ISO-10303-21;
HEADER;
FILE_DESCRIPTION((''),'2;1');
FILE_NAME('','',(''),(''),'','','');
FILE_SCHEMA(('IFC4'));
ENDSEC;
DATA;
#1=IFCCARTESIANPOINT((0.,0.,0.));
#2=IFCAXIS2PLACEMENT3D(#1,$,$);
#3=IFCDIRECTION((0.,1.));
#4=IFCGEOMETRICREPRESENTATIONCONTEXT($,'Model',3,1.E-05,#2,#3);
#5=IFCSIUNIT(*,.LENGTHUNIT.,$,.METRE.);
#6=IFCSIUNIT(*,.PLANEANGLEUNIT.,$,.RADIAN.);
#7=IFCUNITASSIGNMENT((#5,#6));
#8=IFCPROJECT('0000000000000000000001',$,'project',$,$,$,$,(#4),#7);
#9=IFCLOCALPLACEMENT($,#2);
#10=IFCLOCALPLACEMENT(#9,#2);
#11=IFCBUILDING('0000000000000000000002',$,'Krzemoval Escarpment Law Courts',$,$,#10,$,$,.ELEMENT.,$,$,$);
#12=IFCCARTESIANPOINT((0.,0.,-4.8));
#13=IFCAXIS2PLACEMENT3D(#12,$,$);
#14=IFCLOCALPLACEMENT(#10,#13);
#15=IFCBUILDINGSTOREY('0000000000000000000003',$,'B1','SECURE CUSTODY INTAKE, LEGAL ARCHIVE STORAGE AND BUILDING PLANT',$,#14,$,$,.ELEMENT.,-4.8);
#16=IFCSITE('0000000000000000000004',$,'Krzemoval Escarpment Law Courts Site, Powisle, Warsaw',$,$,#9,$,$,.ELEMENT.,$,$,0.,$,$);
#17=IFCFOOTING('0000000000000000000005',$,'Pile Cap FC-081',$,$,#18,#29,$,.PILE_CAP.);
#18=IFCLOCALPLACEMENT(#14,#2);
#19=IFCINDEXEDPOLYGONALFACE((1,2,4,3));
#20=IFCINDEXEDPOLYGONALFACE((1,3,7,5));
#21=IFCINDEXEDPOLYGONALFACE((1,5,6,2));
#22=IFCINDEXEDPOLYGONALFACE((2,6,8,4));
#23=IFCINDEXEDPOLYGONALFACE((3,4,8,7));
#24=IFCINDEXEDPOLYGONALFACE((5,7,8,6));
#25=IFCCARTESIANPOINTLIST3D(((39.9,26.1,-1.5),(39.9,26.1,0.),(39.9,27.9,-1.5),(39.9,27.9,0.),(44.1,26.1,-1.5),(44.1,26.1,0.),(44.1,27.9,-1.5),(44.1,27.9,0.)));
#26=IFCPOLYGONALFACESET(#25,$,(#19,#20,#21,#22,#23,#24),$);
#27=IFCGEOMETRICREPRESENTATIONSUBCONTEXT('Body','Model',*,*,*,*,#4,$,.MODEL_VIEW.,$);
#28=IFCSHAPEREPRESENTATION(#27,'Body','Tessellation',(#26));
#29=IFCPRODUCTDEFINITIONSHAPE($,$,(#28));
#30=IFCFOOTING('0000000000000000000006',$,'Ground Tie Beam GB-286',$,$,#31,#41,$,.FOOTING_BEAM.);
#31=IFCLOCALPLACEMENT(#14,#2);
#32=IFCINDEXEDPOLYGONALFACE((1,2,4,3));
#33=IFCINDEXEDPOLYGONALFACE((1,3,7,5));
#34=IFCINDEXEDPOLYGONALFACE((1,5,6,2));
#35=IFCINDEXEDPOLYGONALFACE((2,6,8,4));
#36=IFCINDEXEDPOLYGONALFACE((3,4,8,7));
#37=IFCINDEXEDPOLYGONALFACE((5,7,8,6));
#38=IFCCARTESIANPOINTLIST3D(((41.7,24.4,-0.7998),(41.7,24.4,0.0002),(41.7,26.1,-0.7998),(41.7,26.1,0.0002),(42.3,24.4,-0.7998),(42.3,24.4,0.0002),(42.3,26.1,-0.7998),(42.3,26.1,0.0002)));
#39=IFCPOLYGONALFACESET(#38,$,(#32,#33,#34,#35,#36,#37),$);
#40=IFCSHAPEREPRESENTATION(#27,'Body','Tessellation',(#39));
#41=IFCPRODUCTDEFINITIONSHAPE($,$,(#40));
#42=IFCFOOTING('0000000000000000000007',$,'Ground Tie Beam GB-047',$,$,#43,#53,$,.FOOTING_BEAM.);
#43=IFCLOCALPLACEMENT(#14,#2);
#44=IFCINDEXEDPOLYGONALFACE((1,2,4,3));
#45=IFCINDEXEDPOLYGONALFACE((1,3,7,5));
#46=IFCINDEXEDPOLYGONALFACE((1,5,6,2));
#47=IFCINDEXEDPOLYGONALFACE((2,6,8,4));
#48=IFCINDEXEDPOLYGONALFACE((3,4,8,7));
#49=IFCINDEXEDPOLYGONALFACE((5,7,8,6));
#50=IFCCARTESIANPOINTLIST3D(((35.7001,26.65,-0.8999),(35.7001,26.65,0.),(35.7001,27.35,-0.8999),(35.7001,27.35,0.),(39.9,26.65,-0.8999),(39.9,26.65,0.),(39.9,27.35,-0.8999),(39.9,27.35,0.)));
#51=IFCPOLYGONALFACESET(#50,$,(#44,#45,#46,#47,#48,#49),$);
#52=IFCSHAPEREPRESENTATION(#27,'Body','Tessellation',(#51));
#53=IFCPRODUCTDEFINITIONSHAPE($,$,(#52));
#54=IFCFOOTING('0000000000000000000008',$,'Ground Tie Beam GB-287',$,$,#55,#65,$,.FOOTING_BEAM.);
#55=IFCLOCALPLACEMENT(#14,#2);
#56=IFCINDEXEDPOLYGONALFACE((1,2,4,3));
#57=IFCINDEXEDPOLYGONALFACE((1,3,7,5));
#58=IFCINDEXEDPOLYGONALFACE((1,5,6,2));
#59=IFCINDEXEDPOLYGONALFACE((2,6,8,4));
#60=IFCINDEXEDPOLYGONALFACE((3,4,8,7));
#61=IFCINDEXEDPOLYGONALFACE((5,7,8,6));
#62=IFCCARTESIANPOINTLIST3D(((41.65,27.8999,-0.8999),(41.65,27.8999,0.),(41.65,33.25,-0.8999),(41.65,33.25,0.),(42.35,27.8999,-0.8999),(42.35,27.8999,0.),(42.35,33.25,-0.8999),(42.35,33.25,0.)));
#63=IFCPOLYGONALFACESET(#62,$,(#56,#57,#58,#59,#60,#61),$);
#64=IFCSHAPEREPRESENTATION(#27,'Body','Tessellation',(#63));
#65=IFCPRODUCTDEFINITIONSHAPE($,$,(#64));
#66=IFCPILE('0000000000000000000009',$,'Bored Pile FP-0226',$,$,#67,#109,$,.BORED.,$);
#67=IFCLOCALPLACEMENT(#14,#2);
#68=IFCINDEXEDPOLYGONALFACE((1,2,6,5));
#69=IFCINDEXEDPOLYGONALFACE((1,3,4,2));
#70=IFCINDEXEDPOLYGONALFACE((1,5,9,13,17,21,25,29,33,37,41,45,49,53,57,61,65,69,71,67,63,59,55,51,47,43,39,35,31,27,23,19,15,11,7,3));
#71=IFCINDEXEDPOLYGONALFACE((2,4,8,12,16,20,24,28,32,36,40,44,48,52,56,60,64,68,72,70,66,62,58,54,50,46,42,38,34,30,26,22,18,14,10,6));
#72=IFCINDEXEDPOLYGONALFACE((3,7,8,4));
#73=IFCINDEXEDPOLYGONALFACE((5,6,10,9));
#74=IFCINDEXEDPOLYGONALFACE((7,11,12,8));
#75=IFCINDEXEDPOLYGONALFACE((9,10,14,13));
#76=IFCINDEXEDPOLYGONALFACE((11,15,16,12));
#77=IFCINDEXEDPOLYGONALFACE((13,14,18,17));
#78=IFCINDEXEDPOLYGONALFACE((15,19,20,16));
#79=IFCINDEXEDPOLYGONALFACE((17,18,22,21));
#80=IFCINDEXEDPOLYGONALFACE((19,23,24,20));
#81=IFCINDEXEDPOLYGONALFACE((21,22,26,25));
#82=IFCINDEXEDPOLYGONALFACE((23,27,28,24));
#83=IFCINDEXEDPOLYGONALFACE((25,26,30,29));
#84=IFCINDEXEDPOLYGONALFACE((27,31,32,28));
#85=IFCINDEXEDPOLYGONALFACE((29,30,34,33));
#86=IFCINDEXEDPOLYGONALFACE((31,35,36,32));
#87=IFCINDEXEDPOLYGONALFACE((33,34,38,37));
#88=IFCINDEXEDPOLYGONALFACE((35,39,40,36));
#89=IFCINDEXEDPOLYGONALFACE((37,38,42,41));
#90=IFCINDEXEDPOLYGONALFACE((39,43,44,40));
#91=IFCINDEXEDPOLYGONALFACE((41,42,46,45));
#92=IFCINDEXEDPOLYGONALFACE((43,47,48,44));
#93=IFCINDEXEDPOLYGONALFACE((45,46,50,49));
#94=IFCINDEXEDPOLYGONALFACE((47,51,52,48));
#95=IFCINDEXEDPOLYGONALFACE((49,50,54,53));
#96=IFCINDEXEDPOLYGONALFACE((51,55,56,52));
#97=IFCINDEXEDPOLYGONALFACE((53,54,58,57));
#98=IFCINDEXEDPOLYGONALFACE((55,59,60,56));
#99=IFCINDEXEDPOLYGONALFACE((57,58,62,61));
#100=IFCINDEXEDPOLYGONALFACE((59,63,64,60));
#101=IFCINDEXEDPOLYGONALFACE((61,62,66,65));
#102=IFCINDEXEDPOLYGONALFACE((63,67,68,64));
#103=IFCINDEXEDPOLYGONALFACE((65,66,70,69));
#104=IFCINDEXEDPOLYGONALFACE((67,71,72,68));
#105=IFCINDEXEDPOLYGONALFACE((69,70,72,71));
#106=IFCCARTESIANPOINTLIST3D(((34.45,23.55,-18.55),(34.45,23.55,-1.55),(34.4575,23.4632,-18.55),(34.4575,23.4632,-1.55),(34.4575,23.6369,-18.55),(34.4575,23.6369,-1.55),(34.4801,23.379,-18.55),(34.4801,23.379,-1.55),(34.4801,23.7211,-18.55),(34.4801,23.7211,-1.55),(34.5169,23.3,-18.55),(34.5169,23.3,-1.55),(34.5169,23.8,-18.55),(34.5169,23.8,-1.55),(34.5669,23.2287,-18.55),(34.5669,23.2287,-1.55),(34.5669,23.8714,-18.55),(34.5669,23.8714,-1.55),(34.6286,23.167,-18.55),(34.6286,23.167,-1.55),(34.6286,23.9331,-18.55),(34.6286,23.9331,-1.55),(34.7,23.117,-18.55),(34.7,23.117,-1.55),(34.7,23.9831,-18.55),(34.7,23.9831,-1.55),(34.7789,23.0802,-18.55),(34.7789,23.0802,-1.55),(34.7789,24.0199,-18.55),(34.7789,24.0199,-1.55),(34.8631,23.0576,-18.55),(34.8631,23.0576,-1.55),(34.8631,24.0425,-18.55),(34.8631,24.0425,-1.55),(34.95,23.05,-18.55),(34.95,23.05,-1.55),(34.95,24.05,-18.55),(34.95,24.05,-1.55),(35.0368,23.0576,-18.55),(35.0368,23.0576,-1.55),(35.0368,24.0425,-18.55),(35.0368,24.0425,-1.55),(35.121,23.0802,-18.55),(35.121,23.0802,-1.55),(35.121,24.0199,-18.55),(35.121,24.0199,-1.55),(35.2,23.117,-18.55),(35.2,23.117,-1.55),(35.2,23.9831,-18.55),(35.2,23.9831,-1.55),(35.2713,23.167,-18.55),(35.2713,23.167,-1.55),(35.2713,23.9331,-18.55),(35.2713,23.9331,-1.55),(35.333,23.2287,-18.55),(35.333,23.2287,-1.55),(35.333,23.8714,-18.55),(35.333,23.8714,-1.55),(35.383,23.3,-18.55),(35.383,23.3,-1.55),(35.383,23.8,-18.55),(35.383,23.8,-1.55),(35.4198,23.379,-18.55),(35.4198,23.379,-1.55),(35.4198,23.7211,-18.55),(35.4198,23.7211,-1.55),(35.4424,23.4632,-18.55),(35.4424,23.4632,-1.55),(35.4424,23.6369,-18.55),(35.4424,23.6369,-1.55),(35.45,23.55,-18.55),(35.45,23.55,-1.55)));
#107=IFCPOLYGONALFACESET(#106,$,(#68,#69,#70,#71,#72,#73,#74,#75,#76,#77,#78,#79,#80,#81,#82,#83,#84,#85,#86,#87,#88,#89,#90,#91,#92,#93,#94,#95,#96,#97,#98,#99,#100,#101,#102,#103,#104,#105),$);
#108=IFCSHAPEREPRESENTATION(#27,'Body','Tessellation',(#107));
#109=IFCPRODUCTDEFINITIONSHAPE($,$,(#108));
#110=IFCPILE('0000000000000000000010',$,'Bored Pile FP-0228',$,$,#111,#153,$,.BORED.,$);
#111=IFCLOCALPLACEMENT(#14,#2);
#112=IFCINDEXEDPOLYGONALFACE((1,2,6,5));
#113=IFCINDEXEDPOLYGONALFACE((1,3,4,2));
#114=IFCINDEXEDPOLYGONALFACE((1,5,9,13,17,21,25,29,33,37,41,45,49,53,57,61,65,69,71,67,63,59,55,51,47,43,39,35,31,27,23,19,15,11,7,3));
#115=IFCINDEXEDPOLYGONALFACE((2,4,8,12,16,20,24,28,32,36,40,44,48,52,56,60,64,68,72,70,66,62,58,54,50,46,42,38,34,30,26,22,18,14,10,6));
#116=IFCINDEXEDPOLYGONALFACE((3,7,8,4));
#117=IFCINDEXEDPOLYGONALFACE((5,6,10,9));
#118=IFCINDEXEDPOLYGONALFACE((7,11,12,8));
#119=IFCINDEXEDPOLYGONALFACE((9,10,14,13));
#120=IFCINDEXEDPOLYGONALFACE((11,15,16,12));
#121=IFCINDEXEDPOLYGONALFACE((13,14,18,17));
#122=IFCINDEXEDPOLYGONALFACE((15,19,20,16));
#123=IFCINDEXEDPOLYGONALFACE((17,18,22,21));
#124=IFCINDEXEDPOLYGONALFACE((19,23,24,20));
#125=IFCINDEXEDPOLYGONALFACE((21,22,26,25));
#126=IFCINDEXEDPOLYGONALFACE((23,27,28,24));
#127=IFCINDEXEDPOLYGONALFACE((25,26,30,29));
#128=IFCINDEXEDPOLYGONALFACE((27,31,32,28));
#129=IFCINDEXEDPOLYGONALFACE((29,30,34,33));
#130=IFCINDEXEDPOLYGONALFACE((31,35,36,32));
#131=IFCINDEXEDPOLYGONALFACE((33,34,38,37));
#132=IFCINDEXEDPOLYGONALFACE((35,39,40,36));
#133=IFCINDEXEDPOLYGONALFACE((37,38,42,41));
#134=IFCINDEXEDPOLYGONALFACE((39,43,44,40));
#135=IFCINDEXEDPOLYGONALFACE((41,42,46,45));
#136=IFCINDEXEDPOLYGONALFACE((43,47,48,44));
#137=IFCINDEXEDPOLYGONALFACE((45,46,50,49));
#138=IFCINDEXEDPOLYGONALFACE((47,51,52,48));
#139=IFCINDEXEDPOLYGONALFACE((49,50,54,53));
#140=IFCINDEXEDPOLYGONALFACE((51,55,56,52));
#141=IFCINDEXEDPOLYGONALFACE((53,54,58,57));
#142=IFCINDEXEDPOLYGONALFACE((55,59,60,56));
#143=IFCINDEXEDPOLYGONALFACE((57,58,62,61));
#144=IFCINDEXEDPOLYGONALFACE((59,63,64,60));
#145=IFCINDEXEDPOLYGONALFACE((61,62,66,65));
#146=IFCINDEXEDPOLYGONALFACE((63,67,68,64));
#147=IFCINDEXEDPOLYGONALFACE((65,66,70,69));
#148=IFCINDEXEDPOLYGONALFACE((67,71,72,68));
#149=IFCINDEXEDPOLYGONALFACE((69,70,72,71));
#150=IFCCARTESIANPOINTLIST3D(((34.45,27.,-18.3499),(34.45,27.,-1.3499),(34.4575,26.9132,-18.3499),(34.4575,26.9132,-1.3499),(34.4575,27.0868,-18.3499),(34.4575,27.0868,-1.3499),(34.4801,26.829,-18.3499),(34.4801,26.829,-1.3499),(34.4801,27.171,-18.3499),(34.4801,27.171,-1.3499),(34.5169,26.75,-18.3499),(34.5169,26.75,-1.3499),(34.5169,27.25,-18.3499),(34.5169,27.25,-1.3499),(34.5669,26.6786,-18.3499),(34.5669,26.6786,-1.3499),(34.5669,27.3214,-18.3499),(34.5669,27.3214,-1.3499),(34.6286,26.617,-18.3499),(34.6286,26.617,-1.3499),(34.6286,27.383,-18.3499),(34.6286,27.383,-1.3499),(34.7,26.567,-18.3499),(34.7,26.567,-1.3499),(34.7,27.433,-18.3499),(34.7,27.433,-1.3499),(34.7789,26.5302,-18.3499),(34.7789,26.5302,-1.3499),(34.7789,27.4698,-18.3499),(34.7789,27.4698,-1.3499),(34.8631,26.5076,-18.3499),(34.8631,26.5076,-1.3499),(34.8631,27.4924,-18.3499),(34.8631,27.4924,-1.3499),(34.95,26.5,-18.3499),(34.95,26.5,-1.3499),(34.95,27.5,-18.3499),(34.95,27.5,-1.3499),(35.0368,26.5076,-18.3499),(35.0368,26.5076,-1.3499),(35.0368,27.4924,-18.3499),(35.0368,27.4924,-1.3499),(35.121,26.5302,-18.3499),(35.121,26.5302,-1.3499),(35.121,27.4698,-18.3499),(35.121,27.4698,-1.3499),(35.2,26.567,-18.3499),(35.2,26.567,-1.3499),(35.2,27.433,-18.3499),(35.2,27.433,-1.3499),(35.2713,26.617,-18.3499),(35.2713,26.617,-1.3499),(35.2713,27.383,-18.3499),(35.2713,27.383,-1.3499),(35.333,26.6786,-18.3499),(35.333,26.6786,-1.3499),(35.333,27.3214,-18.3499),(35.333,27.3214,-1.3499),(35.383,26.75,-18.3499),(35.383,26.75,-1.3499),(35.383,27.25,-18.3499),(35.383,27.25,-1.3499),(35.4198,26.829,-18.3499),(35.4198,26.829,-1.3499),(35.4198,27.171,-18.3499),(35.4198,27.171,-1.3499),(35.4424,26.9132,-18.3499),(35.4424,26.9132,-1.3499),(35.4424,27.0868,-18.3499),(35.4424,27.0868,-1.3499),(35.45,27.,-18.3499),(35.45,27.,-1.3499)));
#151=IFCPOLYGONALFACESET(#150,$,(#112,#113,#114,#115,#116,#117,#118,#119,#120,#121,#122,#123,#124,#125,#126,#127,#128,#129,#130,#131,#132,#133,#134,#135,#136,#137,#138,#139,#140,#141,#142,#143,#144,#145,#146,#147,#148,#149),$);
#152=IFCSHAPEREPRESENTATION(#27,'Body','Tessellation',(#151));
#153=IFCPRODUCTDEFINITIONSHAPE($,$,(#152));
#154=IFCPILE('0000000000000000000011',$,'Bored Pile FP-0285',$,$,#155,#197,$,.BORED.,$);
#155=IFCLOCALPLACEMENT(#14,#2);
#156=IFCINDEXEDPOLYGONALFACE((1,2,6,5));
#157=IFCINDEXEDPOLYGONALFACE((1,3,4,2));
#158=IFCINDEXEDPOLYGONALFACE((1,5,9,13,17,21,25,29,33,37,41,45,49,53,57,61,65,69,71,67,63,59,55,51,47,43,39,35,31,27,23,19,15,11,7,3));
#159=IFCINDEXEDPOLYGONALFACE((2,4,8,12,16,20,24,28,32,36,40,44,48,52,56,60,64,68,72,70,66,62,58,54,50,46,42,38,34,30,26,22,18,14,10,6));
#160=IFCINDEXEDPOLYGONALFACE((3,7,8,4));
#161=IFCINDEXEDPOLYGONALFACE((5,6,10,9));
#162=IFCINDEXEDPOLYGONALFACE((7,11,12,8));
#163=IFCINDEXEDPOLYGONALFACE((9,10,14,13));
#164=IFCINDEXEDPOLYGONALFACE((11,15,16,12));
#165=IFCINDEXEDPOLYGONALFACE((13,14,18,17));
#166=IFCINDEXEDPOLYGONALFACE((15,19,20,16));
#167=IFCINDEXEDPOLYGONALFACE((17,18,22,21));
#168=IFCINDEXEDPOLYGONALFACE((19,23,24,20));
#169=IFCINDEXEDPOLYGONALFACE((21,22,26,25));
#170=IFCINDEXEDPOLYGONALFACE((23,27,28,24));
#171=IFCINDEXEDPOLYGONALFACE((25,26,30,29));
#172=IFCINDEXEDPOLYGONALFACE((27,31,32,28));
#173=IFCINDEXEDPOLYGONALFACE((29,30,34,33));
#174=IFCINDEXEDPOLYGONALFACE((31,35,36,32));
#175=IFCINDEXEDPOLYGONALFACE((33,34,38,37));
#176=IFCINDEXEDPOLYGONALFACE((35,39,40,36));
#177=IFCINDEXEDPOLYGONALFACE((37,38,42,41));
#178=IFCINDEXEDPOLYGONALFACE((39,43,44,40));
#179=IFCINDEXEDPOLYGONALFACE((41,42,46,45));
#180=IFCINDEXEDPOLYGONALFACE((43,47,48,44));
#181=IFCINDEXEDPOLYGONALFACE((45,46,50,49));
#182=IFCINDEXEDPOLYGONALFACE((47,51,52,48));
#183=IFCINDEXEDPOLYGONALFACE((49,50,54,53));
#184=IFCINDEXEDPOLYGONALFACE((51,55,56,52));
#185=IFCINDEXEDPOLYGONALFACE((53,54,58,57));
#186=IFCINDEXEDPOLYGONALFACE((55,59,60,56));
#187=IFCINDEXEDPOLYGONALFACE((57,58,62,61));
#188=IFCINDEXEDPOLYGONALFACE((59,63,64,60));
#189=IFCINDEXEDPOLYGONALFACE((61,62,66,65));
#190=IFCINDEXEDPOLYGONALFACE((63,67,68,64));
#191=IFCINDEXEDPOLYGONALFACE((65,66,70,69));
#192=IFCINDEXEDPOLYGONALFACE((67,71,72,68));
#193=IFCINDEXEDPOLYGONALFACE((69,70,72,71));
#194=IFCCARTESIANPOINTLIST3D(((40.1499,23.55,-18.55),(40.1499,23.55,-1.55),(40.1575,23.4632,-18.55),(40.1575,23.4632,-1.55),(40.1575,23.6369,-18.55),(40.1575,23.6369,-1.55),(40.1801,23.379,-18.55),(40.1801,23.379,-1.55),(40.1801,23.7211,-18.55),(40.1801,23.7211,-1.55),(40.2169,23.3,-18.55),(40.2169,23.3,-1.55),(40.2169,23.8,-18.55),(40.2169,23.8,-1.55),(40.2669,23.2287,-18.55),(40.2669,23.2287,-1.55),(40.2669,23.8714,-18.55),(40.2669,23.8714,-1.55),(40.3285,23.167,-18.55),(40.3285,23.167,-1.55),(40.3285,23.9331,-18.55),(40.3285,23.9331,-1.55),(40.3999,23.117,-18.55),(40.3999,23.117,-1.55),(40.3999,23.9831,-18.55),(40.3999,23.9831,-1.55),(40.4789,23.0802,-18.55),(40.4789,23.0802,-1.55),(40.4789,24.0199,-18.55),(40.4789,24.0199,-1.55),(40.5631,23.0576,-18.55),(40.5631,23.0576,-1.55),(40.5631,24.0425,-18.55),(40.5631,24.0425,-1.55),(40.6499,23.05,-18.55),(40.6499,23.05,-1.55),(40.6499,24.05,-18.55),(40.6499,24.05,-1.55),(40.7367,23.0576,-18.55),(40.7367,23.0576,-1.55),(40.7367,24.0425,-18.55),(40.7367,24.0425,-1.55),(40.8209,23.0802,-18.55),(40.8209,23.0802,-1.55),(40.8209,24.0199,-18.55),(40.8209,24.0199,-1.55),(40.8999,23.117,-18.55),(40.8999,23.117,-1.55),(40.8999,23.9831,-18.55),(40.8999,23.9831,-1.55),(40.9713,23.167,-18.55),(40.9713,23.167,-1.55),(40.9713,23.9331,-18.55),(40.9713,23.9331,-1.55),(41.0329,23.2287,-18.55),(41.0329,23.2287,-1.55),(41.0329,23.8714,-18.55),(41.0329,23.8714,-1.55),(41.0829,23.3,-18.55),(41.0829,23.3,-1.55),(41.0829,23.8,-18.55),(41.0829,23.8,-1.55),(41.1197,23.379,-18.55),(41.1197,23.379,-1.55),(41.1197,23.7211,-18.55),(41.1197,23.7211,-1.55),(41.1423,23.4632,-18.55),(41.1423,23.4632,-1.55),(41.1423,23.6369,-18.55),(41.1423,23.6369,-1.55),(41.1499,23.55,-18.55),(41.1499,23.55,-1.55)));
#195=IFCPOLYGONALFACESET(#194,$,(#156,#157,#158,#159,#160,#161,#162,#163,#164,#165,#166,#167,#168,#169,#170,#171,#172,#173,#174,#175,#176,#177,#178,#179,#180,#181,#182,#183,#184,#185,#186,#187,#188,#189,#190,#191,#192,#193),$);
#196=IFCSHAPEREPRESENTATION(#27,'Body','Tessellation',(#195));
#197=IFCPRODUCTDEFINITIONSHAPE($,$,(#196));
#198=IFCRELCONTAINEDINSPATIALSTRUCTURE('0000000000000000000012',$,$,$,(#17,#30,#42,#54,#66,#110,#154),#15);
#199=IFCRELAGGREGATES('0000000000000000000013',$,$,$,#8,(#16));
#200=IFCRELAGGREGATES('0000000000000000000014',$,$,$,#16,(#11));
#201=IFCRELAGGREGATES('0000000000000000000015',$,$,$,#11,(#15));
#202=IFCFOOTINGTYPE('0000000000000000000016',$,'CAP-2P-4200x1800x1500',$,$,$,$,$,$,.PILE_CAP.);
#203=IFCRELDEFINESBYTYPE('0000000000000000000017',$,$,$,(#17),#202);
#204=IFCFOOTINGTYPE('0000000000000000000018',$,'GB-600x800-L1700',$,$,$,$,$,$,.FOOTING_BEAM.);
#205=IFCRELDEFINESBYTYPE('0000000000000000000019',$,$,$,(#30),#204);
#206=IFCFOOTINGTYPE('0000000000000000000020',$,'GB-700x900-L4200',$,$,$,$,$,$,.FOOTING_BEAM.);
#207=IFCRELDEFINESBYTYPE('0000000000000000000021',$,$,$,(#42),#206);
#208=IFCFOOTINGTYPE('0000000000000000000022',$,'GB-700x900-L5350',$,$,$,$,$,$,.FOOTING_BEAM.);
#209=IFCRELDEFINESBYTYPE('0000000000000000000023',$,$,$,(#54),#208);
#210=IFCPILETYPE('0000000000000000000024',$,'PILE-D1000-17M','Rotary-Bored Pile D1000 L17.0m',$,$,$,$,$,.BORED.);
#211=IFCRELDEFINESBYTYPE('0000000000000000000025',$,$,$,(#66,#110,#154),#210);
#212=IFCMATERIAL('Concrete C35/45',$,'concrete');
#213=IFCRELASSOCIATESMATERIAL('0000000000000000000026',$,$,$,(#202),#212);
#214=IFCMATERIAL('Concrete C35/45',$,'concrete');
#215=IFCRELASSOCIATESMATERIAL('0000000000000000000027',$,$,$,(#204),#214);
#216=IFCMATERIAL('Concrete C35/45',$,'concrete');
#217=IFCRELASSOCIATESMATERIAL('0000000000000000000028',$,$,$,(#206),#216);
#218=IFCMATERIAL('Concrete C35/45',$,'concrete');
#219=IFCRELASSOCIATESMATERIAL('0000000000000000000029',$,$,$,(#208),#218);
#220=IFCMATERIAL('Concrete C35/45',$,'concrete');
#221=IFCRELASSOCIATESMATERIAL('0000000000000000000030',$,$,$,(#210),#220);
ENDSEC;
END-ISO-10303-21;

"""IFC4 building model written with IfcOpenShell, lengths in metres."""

from ifc_helpers import new_model, si_unit, direction, frame, origin, origin_2d, place, context, subcontext, project, spatial, rectangle, circle, extrude, material, material_profile, profile_set, type_object, element, save


model = new_model("IFC4")

# Units and contexts
model_context = context("Model", 3, precision=1e-05, world=origin(), true_north=direction((0.0, 1.0)))
body_context = subcontext(model_context, "Body", "Model", "MODEL_VIEW")
ifc_project = project(units=[si_unit("LENGTHUNIT", "METRE"), si_unit("PLANEANGLEUNIT", "RADIAN")], contexts=[model_context])

# Site, building, storey
site_placement = place(None, origin())
site = spatial("IfcSite", under=ifc_project, at=site_placement, Name="Krzemoval Escarpment Law Courts Site, Powisle, Warsaw", CompositionType="ELEMENT", RefElevation=0.0)
building_placement = place(site_placement, origin())
building = spatial("IfcBuilding", under=site, at=building_placement, Name="Krzemoval Escarpment Law Courts", CompositionType="ELEMENT")
storey_placement = place(building_placement, frame((0.0, 0.0, -4.8)))
storey = spatial("IfcBuildingStorey", under=building, at=storey_placement, Name="B1", Description="SECURE CUSTODY INTAKE, LEGAL ARCHIVE STORAGE AND BUILDING PLANT", CompositionType="ELEMENT", Elevation=-4.8)

# Footings
ifc_material_1 = material(Name="Concrete C35/45", Category="concrete")
footing_type_1 = type_object("IfcFootingType", Name="CAP-2P-4200x1800x1500", PredefinedType="PILE_CAP", material=ifc_material_1)
footing_1_placement = place(storey_placement, frame((42.0, 27.0, -1.5), z_axis=(0.0, 0.0, 1.0), x_axis=(1.0, 0.0, 0.0)))
element("IfcFooting", 1, at=footing_1_placement, inside=storey, type_object=footing_type_1, Name="Pile Cap FC-081", PredefinedType="PILE_CAP", context=body_context, shape_type="SweptSolid", body=[
    extrude(rectangle(XDim=4.2, YDim=1.8, at=origin_2d()), origin(), (0.0, 0.0, 1.0), 1.5),
])
ifc_material_2 = material(Name="Concrete C35/45", Category="concrete")
footing_type_2 = type_object("IfcFootingType", Name="GB-600x800-L1700", PredefinedType="FOOTING_BEAM", material=ifc_material_2)
footing_2_placement = place(storey_placement, frame((42.0, 25.25, -0.7998), z_axis=(0.0, 0.0, 1.0), x_axis=(0.0, 1.0, 0.0)))
element("IfcFooting", 2, at=footing_2_placement, inside=storey, type_object=footing_type_2, Name="Ground Tie Beam GB-286", PredefinedType="FOOTING_BEAM", context=body_context, shape_type="SweptSolid", body=[
    extrude(rectangle(XDim=1.7, YDim=0.6001, at=origin_2d()), origin(), (0.0, 0.0, 1.0), 0.8),
])
ifc_material_3 = material(Name="Concrete C35/45", Category="concrete")
footing_type_3 = type_object("IfcFootingType", Name="GB-700x900-L4200", PredefinedType="FOOTING_BEAM", material=ifc_material_3)
footing_3_placement = place(storey_placement, frame((37.8, 27.0, -0.8999), z_axis=(0.0, 0.0, 1.0), x_axis=(1.0, 0.0, 0.0)))
element("IfcFooting", 3, at=footing_3_placement, inside=storey, type_object=footing_type_3, Name="Ground Tie Beam GB-047", PredefinedType="FOOTING_BEAM", context=body_context, shape_type="SweptSolid", body=[
    extrude(rectangle(XDim=4.2, YDim=0.7, at=origin_2d()), origin(), (0.0, 0.0, 1.0), 0.8999),
])
ifc_material_4 = material(Name="Concrete C35/45", Category="concrete")
footing_type_4 = type_object("IfcFootingType", Name="GB-700x900-L5350", PredefinedType="FOOTING_BEAM", material=ifc_material_4)
footing_4_placement = place(storey_placement, frame((42.0, 30.575, -0.8999), z_axis=(0.0, 0.0, 1.0), x_axis=(0.0, 1.0, 0.0)))
element("IfcFooting", 4, at=footing_4_placement, inside=storey, type_object=footing_type_4, Name="Ground Tie Beam GB-287", PredefinedType="FOOTING_BEAM", context=body_context, shape_type="SweptSolid", body=[
    extrude(rectangle(XDim=5.3501, YDim=0.7, at=origin_2d()), origin(), (0.0, 0.0, 1.0), 0.8999),
])

# Piles
ifc_material_5 = material(Name="Concrete C35/45", Category="concrete")
ifc_material_profile_1 = material_profile(ifc_material_5, circle(Radius=0.5, at=origin_2d()), Name="PILE D1000")
ifc_profile_set_1 = profile_set([ifc_material_profile_1], Name="Concrete C35/45")
pile_type_1 = type_object("IfcPileType", Name="PILE-D1000-17M", Description="Rotary-Bored Pile D1000 L17.0m", PredefinedType="BORED", material=ifc_profile_set_1)
for number, where, z_axis, x_axis, name in (
    (5, (34.95, 23.55, -1.55), (0.0, 0.0, -1.0), (1.0, 0.0, 0.0), "Bored Pile FP-0226"),
    (6, (34.95, 27.0, -1.3499), (0.0, 0.0, -1.0), (1.0, 0.0, 0.0), "Bored Pile FP-0228"),
    (7, (40.6499, 23.55, -1.55), (0.0, 0.0, -1.0), (1.0, 0.0, 0.0), "Bored Pile FP-0285"),
):
    element("IfcPile", number, at=place(storey_placement, frame(where, z_axis=z_axis, x_axis=x_axis)), inside=storey, type_object=pile_type_1, Name=name, PredefinedType="BORED", context=body_context, shape_type="SweptSolid", body=[
        extrude(circle(Radius=0.5, at=origin_2d()), origin(), (0.0, 0.0, 1.0), 17.0),
    ])

save(model, "model.ifc")
